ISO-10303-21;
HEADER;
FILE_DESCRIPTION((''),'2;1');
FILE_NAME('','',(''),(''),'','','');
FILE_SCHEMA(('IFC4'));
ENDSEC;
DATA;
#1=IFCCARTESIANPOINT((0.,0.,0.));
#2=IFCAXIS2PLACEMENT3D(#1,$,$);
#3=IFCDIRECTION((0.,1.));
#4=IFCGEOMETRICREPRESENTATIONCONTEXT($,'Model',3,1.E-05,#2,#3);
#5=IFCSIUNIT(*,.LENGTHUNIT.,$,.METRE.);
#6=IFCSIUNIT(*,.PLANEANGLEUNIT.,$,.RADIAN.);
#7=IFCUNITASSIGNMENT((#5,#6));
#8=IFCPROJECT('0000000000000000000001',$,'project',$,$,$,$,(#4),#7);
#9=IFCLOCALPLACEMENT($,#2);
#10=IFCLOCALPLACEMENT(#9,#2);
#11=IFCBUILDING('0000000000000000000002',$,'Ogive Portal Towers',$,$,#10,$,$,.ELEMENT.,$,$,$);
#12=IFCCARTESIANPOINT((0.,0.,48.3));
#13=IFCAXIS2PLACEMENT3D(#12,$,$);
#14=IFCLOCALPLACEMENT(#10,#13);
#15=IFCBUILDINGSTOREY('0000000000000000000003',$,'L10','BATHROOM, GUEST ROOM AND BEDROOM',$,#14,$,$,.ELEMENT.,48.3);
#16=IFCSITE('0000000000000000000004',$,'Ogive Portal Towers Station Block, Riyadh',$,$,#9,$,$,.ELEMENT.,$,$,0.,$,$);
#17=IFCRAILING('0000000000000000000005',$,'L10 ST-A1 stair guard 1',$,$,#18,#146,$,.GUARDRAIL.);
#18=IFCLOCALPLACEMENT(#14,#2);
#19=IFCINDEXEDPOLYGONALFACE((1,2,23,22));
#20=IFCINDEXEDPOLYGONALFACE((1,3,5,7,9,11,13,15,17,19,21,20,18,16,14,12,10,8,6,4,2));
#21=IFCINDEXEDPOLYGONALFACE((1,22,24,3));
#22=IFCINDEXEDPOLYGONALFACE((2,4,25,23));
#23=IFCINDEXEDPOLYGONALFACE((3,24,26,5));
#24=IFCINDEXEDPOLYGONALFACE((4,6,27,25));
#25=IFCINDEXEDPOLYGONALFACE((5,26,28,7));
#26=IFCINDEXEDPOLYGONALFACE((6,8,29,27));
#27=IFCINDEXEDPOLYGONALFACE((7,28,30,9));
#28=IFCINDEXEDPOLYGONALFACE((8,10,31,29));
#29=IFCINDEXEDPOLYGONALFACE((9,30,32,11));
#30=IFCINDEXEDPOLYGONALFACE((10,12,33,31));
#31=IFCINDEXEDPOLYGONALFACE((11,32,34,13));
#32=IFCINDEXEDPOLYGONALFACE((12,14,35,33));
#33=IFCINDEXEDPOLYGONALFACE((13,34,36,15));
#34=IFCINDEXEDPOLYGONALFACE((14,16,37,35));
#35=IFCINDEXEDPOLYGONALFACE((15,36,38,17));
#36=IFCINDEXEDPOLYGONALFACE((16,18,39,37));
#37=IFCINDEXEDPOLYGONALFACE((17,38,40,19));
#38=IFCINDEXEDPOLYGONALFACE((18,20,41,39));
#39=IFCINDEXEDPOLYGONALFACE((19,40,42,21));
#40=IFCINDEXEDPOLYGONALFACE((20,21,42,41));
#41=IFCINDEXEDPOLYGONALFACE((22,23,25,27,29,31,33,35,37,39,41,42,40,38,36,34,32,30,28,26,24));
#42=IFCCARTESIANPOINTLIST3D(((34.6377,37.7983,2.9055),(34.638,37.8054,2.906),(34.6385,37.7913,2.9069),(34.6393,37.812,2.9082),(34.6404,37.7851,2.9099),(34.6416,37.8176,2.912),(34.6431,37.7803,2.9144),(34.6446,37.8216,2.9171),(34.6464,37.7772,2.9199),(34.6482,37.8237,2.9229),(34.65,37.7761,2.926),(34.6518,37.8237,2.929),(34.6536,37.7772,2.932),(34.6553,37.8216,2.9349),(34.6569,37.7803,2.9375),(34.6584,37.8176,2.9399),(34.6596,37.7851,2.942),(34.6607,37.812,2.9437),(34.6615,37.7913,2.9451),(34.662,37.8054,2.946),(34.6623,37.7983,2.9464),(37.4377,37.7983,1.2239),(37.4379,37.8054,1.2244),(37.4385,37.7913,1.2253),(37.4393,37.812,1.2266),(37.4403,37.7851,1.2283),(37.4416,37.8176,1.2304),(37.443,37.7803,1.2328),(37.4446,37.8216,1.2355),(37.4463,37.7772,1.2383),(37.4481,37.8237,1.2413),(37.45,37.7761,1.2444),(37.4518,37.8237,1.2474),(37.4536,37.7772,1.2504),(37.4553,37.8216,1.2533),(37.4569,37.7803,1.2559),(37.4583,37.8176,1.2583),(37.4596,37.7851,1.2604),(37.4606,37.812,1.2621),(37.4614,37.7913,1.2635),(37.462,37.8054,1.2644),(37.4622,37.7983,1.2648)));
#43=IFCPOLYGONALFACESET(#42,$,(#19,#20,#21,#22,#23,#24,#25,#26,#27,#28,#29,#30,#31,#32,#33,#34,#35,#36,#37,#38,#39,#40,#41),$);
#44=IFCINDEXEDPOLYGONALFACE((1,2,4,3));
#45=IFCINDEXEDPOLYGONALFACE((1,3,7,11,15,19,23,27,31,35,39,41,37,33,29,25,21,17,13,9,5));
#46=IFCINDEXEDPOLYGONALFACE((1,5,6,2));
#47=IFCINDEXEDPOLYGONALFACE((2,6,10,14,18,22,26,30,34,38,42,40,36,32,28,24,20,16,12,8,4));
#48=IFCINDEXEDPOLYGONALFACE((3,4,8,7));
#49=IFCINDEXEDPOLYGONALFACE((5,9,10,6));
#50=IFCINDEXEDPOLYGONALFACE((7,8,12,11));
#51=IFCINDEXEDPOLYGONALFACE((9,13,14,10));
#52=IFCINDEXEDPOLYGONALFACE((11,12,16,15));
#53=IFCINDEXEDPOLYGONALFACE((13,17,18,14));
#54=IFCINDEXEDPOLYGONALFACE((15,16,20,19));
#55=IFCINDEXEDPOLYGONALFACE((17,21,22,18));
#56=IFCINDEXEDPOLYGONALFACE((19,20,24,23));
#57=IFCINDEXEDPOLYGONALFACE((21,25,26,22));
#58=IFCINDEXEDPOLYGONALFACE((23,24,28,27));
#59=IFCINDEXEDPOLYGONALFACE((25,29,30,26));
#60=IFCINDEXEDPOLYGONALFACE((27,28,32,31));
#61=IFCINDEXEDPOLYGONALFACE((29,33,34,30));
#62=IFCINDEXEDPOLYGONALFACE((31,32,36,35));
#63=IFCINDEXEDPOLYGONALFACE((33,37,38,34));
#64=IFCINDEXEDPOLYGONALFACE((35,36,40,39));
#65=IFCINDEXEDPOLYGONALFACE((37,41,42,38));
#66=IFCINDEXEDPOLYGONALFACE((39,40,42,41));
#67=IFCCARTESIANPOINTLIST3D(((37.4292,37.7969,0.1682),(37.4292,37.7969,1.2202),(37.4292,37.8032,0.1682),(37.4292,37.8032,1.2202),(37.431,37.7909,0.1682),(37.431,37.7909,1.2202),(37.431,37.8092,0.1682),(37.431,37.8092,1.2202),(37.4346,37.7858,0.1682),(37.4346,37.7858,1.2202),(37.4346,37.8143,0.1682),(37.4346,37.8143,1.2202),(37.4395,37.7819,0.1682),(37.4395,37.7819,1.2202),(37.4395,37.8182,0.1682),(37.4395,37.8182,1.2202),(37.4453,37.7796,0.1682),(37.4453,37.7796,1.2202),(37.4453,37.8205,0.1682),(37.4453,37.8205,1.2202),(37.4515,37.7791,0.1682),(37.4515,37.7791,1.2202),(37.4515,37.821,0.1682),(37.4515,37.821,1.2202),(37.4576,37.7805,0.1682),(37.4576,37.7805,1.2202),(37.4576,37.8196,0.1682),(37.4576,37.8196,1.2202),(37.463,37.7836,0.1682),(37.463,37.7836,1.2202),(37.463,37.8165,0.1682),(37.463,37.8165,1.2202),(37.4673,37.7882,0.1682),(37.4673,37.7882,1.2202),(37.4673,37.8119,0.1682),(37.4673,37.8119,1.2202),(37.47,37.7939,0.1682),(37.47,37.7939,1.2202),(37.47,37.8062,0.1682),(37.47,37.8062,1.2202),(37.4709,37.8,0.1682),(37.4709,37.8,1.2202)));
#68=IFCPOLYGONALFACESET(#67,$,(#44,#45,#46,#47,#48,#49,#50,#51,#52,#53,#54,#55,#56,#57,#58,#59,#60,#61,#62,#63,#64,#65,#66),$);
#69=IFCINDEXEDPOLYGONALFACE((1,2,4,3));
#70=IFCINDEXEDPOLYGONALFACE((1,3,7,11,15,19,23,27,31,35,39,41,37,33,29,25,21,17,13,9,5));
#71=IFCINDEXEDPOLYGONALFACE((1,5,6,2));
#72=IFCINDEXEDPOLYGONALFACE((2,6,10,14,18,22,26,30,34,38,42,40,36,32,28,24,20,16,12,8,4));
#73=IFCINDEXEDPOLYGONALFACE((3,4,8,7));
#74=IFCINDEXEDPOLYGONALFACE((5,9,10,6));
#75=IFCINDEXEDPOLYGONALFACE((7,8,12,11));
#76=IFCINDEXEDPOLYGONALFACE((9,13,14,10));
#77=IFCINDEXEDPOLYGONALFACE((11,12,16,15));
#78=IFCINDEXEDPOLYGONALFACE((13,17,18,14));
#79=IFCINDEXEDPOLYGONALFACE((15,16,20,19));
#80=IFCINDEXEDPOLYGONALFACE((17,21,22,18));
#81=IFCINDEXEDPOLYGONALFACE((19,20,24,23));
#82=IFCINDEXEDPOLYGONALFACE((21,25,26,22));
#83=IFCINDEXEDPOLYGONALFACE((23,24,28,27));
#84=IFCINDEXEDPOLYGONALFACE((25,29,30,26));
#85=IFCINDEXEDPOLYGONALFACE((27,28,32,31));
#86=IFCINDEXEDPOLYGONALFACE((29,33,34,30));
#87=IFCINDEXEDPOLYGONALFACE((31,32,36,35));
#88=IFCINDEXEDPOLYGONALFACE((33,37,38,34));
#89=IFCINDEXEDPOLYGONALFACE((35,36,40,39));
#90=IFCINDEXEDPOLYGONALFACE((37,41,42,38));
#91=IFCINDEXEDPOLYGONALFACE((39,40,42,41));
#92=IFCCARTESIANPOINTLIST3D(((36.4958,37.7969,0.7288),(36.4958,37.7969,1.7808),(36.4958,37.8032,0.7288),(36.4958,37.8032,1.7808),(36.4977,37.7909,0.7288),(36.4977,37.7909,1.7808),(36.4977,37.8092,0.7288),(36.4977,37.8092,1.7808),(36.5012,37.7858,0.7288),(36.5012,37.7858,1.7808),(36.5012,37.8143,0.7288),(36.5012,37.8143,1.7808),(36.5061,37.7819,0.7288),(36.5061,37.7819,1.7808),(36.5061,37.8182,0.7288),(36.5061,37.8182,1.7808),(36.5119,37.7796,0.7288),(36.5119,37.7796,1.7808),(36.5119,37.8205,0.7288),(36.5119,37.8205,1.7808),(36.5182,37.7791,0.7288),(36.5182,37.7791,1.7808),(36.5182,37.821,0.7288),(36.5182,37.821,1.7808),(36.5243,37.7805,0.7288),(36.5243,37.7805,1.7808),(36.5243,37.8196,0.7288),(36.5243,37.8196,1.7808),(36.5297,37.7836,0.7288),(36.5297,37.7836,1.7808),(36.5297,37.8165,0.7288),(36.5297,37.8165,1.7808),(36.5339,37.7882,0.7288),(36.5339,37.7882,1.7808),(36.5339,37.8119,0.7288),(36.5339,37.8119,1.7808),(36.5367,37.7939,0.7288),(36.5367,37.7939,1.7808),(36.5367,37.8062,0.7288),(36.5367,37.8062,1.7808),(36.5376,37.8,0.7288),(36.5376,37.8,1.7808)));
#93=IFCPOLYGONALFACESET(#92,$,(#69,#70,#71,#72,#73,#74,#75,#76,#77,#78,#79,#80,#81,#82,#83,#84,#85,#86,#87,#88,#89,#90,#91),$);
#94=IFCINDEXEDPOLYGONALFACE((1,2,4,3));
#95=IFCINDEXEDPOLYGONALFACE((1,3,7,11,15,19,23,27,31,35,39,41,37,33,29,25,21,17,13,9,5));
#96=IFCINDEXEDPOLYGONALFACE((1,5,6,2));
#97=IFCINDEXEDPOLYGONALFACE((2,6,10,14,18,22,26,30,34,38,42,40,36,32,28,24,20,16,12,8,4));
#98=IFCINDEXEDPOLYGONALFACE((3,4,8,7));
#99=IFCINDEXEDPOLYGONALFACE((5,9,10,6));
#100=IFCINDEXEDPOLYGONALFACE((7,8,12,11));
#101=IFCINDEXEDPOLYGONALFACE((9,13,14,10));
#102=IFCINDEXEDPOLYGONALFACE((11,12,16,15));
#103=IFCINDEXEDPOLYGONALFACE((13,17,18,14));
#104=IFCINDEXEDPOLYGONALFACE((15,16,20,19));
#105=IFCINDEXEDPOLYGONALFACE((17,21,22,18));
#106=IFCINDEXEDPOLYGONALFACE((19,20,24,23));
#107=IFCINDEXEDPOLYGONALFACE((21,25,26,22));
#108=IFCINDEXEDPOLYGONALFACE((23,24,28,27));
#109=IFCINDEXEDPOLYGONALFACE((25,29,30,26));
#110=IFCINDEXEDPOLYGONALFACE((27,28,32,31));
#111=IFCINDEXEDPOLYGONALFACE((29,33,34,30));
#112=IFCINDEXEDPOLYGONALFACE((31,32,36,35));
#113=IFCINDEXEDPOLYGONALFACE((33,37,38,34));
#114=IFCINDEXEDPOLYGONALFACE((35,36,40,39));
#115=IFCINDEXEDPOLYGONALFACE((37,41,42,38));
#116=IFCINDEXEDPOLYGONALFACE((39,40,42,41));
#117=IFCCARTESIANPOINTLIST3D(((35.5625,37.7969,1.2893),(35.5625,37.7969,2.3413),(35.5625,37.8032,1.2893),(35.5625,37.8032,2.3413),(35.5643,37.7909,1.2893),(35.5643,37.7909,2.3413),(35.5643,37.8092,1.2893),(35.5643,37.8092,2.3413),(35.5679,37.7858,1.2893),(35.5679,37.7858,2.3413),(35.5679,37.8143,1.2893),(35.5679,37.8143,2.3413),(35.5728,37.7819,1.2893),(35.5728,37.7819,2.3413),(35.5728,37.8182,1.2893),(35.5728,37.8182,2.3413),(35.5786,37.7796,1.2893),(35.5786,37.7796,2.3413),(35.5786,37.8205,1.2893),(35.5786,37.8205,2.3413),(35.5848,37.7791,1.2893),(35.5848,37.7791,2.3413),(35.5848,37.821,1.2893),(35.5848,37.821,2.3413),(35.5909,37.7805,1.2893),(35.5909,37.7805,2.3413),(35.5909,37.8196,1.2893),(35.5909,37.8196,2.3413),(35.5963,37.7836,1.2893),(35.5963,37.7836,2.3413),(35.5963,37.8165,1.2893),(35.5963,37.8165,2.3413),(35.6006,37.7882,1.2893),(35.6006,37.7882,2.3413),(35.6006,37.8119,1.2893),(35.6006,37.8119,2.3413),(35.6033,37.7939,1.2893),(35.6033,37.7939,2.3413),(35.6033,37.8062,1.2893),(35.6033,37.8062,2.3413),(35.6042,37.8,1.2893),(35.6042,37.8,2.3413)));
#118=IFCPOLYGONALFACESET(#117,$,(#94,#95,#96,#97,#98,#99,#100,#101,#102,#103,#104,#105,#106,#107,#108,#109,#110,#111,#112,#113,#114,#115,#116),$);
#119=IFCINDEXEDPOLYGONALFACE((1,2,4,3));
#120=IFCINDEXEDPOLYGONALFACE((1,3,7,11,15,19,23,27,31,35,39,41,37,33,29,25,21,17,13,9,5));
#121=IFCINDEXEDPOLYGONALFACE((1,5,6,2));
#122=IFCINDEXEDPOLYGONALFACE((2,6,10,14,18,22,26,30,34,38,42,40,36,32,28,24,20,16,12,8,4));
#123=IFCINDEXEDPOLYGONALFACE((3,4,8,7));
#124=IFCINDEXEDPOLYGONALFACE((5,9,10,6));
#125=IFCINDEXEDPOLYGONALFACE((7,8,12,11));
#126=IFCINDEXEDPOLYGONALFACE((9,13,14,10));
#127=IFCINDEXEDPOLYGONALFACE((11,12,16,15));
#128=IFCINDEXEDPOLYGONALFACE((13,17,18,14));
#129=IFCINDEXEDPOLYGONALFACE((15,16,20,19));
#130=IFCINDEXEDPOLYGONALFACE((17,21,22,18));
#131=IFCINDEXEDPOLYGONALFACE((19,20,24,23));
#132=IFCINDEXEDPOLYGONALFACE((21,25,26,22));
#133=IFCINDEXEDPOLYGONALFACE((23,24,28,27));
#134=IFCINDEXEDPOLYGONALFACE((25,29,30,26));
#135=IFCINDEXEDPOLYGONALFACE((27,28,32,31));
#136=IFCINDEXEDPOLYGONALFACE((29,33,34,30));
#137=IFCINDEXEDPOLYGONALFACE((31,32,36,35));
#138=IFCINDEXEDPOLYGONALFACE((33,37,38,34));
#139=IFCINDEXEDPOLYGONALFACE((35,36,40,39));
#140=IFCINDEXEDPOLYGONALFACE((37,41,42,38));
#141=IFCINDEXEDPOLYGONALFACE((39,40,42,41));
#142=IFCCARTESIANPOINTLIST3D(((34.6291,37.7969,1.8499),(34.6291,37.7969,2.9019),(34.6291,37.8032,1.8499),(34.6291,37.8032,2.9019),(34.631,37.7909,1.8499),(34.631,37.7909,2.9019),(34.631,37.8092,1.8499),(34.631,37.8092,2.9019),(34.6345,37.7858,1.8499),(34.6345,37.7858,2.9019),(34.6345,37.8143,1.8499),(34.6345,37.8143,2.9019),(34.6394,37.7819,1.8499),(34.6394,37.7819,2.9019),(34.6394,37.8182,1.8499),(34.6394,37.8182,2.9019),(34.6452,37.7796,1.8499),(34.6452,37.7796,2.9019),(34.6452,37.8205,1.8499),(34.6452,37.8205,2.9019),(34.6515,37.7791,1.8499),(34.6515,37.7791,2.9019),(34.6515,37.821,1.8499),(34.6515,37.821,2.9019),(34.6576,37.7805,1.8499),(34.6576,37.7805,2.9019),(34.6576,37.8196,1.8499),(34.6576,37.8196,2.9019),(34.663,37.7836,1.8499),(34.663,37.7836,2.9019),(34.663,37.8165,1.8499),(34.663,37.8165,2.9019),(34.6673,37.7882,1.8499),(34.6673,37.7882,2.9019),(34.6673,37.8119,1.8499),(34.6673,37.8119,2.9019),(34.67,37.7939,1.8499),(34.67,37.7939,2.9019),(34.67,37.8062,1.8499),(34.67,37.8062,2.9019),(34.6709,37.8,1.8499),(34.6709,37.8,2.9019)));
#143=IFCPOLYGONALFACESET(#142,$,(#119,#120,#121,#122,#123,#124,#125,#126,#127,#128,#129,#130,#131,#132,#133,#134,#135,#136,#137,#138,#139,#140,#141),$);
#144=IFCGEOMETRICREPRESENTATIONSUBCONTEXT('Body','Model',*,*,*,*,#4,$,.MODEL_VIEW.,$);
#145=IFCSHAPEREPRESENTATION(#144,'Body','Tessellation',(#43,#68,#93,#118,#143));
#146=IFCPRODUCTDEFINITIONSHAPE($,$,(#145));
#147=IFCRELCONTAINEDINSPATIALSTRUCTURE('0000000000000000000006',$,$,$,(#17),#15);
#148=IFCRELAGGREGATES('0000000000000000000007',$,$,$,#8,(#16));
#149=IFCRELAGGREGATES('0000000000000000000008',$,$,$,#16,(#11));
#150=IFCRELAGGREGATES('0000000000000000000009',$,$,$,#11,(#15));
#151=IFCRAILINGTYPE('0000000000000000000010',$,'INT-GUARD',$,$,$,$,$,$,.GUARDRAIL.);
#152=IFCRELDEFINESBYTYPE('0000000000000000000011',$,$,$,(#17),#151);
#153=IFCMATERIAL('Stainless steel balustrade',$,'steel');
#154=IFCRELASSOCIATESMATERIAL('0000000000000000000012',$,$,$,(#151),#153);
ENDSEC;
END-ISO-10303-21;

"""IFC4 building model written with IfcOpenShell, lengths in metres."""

from ifc_helpers import new_model, si_unit, direction, frame, origin, origin_2d, place, context, subcontext, project, spatial, circle, extrude, material, type_object, element, save


model = new_model("IFC4")

# Units and contexts
model_context = context("Model", 3, precision=1e-05, world=origin(), true_north=direction((0.0, 1.0)))
body_context = subcontext(model_context, "Body", "Model", "MODEL_VIEW")
ifc_project = project(units=[si_unit("LENGTHUNIT", "METRE"), si_unit("PLANEANGLEUNIT", "RADIAN")], contexts=[model_context])

# Site, building, storey
site_placement = place(None, origin())
site = spatial("IfcSite", under=ifc_project, at=site_placement, Name="Ogive Portal Towers Station Block, Riyadh", CompositionType="ELEMENT", RefElevation=0.0)
building_placement = place(site_placement, origin())
building = spatial("IfcBuilding", under=site, at=building_placement, Name="Ogive Portal Towers", CompositionType="ELEMENT")
storey_placement = place(building_placement, frame((0.0, 0.0, 48.3)))
storey = spatial("IfcBuildingStorey", under=building, at=storey_placement, Name="L10", Description="BATHROOM, GUEST ROOM AND BEDROOM", CompositionType="ELEMENT", Elevation=48.3)

# Railing
ifc_material_1 = material(Name="Stainless steel balustrade", Category="steel")
railing_type_1 = type_object("IfcRailingType", Name="INT-GUARD", PredefinedType="GUARDRAIL", material=ifc_material_1)
railing_1_placement = place(storey_placement, frame((37.45, 37.8, 0.1682)))
element("IfcRailing", 1, at=railing_1_placement, inside=storey, type_object=railing_type_1, Name="L10 ST-A1 stair guard 1", PredefinedType="GUARDRAIL", context=body_context, shape_type="SweptSolid", body=[
    extrude(circle(Radius=0.0239, at=origin_2d()), frame((0.0, 0.0, 1.0762), z_axis=(-0.857275, 0.0, 0.514858), x_axis=(0.0, -1.0, 0.0)), (0.0, 0.0, 1.0), 3.2661),
    extrude(circle(Radius=0.021, at=origin_2d()), origin(), (0.0, 0.0, 1.0), 1.052),
    extrude(circle(Radius=0.021, at=origin_2d()), frame((-0.9333, 0.0, 0.5605)), (0.0, 0.0, 1.0), 1.052),
    extrude(circle(Radius=0.021, at=origin_2d()), frame((-1.8667, 0.0, 1.1211)), (0.0, 0.0, 1.0), 1.052),
    extrude(circle(Radius=0.021, at=origin_2d()), frame((-2.8, 0.0, 1.6816)), (0.0, 0.0, 1.0), 1.052),
])

save(model, "model.ifc")
